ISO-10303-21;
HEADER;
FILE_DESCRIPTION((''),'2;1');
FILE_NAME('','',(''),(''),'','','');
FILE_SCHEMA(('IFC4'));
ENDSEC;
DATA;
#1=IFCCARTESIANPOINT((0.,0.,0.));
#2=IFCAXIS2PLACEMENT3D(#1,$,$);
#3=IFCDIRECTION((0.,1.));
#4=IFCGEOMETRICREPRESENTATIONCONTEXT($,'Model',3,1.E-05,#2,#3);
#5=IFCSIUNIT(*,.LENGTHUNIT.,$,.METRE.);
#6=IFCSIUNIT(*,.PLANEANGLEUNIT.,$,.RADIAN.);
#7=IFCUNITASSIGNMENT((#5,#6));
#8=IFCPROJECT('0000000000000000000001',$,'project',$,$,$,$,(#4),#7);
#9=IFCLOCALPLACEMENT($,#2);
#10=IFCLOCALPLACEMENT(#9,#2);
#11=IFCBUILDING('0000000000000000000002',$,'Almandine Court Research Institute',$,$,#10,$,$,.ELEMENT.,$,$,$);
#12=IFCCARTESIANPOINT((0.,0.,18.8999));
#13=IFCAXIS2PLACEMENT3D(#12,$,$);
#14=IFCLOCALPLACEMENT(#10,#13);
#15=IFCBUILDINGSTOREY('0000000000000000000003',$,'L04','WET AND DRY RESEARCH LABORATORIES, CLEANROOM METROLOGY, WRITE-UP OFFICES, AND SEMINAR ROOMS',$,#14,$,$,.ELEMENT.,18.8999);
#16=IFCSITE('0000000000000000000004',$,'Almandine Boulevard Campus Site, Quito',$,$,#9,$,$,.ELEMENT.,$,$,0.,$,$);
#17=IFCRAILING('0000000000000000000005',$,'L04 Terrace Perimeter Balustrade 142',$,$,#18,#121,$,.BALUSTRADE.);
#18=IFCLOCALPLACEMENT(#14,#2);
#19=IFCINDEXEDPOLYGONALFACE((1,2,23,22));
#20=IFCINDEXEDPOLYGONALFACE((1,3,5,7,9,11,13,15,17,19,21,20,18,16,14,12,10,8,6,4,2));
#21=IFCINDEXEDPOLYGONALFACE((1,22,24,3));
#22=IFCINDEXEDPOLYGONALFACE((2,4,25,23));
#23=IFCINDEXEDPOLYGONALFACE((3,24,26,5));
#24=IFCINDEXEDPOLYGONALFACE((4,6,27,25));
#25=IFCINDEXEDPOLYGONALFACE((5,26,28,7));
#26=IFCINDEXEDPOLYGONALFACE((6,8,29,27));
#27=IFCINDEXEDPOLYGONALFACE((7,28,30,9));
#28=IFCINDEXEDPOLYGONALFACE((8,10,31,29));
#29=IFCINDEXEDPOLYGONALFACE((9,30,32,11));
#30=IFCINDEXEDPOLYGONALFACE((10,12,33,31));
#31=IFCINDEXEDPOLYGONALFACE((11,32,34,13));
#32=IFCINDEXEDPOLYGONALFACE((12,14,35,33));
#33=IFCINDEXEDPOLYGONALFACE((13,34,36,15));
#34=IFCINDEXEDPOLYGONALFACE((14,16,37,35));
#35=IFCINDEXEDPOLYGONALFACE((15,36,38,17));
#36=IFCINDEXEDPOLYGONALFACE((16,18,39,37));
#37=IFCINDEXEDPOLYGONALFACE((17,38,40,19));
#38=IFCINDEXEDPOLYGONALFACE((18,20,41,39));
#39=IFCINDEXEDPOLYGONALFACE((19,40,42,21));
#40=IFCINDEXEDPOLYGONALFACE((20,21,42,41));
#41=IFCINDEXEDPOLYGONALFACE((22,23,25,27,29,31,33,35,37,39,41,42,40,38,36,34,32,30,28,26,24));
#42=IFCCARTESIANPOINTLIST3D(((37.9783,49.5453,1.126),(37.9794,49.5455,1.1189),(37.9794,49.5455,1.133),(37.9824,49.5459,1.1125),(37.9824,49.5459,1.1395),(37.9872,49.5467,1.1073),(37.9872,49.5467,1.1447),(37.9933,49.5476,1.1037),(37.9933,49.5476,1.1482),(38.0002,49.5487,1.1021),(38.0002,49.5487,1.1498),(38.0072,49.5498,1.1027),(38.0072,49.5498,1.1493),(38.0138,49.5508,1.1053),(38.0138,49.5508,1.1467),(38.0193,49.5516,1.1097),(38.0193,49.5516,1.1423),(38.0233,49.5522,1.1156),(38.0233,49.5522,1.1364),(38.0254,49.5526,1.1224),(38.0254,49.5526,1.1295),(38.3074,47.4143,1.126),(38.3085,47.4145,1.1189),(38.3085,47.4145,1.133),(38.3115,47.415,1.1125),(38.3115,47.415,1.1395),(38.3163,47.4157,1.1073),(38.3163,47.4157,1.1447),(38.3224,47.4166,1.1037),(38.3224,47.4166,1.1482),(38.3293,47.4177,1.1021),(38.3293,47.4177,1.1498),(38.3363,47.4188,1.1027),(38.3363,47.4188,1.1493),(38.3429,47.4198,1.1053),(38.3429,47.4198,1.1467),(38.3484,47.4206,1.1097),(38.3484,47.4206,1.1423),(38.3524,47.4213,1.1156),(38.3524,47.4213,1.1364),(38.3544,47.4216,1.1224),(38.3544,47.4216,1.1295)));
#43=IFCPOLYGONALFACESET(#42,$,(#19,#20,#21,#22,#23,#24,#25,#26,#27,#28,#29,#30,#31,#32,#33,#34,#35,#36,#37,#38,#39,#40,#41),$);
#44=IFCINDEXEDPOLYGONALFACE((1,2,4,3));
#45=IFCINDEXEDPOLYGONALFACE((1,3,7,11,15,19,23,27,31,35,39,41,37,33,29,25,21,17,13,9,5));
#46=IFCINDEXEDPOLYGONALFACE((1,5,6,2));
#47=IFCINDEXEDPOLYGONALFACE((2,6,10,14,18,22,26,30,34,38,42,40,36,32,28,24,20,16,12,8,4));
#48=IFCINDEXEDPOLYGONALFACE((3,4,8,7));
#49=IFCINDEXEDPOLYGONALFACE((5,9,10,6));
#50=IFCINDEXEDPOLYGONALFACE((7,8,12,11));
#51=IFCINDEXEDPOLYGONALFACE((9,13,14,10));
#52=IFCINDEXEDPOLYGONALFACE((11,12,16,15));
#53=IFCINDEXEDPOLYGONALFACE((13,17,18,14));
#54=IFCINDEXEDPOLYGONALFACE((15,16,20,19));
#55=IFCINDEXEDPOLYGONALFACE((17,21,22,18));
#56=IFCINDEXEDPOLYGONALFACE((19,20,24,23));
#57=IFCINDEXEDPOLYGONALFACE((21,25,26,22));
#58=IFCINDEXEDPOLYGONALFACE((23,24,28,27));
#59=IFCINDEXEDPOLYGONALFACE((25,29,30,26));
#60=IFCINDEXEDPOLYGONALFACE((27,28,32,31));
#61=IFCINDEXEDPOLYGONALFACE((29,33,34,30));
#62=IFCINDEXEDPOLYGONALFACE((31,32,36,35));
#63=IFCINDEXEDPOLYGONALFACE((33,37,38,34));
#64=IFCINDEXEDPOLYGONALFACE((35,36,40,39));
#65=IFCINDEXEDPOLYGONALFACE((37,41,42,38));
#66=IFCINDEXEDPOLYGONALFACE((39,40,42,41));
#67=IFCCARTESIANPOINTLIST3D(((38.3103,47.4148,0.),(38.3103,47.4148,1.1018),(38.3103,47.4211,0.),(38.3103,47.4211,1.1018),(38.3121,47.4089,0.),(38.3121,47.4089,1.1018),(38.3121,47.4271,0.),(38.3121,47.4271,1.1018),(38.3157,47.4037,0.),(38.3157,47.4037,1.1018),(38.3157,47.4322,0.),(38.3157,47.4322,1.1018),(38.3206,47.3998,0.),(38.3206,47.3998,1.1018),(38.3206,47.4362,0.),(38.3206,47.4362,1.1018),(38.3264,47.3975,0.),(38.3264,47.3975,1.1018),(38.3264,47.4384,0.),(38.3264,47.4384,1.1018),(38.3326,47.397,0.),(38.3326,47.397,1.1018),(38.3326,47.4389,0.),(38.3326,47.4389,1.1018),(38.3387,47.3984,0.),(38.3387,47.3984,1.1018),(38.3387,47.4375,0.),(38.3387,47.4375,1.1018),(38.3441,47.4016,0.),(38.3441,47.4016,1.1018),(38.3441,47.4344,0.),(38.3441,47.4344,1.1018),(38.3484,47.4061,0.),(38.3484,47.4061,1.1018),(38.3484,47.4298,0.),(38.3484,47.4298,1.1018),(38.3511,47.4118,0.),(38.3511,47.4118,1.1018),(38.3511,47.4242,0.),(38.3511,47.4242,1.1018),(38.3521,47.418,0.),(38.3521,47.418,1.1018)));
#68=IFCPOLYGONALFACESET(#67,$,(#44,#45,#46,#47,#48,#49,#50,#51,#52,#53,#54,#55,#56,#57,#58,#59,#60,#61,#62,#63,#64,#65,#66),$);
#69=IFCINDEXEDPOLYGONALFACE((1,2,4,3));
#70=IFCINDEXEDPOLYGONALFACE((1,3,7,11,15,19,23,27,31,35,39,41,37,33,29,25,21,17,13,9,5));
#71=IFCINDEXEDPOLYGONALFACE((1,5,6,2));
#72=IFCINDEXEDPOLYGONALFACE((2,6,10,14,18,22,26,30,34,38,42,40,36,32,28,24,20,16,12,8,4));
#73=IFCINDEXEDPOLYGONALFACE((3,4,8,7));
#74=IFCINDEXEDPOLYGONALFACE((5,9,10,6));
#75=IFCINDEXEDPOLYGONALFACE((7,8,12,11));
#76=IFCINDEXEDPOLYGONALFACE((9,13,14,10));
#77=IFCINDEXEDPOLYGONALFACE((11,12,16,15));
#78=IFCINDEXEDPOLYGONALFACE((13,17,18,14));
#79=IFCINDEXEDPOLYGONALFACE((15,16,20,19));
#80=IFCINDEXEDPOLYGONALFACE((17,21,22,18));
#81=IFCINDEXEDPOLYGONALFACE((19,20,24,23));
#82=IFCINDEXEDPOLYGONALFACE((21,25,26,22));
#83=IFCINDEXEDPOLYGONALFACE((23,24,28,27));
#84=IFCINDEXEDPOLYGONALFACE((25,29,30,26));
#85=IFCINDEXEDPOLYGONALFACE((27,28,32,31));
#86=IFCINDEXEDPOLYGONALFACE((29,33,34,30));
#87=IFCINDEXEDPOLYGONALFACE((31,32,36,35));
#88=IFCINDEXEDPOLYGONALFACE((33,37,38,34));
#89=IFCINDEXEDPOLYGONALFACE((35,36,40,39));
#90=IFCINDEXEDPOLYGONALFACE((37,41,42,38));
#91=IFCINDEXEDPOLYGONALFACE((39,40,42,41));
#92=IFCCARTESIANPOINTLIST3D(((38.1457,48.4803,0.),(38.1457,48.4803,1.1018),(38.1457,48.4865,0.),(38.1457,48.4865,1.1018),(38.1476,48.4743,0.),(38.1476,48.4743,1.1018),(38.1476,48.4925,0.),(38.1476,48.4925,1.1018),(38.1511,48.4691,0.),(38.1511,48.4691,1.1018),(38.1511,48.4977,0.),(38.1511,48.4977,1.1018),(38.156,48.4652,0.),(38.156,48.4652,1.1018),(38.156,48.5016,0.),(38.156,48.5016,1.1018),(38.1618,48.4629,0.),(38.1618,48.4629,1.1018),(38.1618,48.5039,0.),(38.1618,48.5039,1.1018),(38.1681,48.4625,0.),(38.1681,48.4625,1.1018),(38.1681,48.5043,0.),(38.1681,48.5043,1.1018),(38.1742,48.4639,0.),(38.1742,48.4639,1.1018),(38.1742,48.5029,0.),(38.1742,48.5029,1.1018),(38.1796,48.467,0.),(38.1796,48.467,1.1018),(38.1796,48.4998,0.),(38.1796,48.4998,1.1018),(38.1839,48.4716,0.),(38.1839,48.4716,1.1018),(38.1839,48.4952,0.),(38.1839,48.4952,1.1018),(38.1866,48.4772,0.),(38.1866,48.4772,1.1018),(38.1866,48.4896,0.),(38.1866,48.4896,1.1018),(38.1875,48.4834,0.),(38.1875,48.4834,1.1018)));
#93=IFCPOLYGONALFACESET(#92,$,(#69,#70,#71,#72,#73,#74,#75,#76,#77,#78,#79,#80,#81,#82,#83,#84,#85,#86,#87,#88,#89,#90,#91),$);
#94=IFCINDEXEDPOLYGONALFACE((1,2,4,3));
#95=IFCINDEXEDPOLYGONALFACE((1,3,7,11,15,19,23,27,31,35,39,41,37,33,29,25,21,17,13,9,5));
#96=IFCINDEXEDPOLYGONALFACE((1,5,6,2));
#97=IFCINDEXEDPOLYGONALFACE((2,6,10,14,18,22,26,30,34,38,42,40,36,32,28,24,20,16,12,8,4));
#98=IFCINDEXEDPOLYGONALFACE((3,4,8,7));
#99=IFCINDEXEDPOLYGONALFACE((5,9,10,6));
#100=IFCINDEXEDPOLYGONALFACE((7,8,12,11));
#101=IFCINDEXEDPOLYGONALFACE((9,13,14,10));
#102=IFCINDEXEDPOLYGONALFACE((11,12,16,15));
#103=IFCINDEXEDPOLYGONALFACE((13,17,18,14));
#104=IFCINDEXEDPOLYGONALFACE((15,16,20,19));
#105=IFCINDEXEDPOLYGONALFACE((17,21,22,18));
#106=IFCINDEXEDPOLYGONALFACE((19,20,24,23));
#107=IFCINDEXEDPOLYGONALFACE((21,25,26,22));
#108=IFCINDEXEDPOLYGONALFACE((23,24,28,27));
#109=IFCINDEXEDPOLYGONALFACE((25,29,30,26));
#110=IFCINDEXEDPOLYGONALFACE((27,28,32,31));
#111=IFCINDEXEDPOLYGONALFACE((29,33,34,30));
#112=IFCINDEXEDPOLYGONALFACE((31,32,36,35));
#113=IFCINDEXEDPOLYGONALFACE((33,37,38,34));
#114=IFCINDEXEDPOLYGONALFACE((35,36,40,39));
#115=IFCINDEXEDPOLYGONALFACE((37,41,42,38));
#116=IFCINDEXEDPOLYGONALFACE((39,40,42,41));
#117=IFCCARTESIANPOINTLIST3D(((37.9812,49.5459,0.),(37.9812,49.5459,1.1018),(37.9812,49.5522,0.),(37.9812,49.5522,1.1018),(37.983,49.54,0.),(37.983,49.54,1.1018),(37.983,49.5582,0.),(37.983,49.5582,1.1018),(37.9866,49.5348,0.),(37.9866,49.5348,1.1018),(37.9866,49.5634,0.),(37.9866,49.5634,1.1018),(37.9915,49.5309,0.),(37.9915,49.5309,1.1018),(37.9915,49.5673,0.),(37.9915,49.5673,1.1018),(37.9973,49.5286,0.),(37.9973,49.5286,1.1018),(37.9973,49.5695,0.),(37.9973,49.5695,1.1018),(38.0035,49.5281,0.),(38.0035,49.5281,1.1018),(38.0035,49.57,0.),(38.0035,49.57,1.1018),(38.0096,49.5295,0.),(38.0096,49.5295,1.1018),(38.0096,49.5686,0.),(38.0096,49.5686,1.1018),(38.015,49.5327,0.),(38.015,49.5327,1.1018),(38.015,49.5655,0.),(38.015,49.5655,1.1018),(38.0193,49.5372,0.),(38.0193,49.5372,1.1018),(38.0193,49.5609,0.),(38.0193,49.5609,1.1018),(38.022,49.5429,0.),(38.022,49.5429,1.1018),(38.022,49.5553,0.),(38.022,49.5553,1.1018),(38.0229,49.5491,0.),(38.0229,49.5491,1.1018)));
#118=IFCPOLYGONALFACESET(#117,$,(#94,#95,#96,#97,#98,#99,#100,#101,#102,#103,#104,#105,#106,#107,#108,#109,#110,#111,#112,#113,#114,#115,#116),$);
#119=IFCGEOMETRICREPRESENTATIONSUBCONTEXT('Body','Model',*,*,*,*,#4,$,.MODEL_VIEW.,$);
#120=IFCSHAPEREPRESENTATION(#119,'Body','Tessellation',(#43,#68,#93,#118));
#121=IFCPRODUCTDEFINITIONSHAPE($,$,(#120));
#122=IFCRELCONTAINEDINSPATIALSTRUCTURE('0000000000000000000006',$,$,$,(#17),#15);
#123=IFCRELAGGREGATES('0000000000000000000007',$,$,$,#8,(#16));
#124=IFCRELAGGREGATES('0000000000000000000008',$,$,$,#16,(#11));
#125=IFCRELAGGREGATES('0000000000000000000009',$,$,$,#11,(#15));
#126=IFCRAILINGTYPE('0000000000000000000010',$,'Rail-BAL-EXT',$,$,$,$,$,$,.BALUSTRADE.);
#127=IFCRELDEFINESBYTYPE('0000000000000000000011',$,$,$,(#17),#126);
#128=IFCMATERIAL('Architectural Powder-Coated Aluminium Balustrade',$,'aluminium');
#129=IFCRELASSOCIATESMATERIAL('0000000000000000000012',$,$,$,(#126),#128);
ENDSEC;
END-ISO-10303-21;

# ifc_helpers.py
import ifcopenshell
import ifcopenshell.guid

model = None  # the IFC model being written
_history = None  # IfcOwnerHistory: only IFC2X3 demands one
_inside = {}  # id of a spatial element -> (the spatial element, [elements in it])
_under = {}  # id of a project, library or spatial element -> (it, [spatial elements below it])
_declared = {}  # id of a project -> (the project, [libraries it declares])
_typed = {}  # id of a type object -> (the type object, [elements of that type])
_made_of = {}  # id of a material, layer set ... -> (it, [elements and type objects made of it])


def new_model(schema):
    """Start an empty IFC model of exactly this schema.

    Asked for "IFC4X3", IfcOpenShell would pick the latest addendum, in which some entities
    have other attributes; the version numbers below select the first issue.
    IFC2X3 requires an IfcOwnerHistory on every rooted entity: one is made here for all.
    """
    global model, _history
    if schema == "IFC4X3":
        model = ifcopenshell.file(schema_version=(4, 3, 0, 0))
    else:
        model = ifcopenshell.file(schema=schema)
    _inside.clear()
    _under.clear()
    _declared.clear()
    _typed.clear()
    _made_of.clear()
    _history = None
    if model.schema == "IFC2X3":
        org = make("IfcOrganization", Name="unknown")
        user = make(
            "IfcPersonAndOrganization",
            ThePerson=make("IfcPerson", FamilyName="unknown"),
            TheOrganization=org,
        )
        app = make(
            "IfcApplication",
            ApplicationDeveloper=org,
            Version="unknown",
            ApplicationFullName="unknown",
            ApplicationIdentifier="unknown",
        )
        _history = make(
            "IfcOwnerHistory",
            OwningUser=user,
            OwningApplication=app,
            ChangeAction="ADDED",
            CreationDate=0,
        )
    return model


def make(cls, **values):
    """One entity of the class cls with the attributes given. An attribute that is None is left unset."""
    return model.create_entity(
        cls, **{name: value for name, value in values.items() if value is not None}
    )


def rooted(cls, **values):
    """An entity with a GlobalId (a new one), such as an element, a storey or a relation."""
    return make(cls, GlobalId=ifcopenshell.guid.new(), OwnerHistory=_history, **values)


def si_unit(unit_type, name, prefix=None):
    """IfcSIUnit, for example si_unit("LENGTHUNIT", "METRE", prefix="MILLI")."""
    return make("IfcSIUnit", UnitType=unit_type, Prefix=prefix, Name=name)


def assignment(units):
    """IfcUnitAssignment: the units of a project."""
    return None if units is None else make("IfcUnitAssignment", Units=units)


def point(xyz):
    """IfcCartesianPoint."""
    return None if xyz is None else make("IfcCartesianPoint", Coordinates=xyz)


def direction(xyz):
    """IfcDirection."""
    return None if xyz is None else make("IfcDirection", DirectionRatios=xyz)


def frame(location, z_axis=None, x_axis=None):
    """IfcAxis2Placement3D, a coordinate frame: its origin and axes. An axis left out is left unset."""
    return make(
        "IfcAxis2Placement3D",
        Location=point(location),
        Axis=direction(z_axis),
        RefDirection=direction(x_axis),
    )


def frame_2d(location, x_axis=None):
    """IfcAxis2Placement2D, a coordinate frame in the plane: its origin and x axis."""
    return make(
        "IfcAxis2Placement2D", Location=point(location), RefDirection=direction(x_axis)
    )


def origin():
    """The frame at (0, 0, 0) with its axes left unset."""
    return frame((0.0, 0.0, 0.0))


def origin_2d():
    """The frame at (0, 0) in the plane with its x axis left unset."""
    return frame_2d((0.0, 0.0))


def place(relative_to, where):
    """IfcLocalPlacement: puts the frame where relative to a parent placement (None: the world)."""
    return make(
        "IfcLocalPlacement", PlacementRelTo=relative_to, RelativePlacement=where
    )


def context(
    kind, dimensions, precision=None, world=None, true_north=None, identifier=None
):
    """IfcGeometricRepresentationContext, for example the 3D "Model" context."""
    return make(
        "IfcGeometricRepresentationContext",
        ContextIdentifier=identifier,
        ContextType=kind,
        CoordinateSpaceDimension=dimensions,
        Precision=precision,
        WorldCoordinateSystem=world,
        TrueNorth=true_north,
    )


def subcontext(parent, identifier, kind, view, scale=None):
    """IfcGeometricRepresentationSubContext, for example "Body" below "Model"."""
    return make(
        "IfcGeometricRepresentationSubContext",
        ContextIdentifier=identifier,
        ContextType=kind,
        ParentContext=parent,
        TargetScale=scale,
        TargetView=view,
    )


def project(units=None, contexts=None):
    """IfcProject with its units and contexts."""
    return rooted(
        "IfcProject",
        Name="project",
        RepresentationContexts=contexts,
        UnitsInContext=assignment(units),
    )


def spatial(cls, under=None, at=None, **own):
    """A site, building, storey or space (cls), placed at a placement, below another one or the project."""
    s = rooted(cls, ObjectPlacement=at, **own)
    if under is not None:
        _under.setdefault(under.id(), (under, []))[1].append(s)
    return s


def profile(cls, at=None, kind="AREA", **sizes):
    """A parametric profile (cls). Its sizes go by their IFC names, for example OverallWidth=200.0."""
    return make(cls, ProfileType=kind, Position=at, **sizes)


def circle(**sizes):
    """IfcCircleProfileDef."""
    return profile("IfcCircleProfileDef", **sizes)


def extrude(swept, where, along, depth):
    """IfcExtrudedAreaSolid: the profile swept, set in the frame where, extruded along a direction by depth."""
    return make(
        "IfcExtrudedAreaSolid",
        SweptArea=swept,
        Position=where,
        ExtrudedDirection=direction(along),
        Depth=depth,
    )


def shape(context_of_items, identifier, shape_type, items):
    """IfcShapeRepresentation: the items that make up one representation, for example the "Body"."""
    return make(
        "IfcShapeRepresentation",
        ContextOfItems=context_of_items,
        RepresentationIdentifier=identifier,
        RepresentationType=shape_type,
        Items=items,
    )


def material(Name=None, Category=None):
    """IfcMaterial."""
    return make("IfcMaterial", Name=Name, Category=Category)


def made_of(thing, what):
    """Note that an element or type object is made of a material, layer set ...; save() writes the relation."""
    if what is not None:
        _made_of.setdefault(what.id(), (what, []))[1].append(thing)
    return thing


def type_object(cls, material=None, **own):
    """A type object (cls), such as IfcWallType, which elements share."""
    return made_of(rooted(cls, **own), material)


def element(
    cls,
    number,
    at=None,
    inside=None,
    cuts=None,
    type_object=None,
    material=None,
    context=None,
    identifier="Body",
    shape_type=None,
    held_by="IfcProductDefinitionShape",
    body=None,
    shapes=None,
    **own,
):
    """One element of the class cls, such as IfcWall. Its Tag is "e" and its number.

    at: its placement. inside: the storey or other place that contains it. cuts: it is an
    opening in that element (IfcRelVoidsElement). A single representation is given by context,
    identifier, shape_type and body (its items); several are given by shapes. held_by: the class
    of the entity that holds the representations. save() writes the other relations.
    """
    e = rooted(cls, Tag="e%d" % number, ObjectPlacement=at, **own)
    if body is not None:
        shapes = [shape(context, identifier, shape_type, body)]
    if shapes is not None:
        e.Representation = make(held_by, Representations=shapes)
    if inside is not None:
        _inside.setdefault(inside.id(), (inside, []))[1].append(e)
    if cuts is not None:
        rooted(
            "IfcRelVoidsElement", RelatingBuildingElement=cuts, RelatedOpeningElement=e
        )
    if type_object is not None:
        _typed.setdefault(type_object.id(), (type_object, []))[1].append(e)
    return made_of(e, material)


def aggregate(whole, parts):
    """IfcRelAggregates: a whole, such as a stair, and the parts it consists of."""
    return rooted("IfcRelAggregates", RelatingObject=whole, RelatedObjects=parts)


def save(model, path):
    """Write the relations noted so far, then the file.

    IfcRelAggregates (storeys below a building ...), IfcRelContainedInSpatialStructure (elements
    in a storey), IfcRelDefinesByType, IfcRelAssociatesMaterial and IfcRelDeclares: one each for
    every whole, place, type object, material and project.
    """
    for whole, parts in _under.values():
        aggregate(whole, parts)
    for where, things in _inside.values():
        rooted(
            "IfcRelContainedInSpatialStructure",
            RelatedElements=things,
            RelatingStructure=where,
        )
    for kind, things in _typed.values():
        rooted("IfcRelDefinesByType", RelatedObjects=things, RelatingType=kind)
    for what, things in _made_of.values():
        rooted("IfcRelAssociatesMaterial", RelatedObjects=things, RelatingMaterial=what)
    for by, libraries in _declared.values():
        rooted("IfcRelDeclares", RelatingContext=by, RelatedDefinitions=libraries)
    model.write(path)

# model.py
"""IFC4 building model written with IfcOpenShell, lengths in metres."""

from ifc_helpers import new_model, si_unit, direction, frame, origin, origin_2d, place, context, subcontext, project, spatial, circle, extrude, material, type_object, element, save


model = new_model("IFC4")

# Units and contexts
model_context = context("Model", 3, precision=1e-05, world=origin(), true_north=direction((0.0, 1.0)))
body_context = subcontext(model_context, "Body", "Model", "MODEL_VIEW")
ifc_project = project(units=[si_unit("LENGTHUNIT", "METRE"), si_unit("PLANEANGLEUNIT", "RADIAN")], contexts=[model_context])

# Site, building, storey
site_placement = place(None, origin())
site = spatial("IfcSite", under=ifc_project, at=site_placement, Name="Almandine Boulevard Campus Site, Quito", CompositionType="ELEMENT", RefElevation=0.0)
building_placement = place(site_placement, origin())
building = spatial("IfcBuilding", under=site, at=building_placement, Name="Almandine Court Research Institute", CompositionType="ELEMENT")
storey_placement = place(building_placement, frame((0.0, 0.0, 18.8999)))
storey = spatial("IfcBuildingStorey", under=building, at=storey_placement, Name="L04", Description="WET AND DRY RESEARCH LABORATORIES, CLEANROOM METROLOGY, WRITE-UP OFFICES, AND SEMINAR ROOMS", CompositionType="ELEMENT", Elevation=18.8999)

# Railing
ifc_material_1 = material(Name="Architectural Powder-Coated Aluminium Balustrade", Category="aluminium")
railing_type = type_object("IfcRailingType", Name="Rail-BAL-EXT", PredefinedType="BALUSTRADE", material=ifc_material_1)
railing_1_placement = place(storey_placement, frame((38.3311, 47.418, 0.0)))
element("IfcRailing", 1, at=railing_1_placement, inside=storey, type_object=railing_type, Name="L04 Terrace Perimeter Balustrade 142", PredefinedType="BALUSTRADE", context=body_context, shape_type="SweptSolid", body=[
    extrude(circle(Radius=0.0239, at=origin_2d()), frame((0.0, 0.0, 1.126), z_axis=(-0.152619, 0.988285, 0.0), x_axis=(-0.988285, -0.152619, 0.0)), (0.0, 0.0, 1.0), 2.1562),
    extrude(circle(Radius=0.021, at=origin_2d()), origin(), (0.0, 0.0, 1.0), 1.1018),
    extrude(circle(Radius=0.021, at=origin_2d()), frame((-0.1646, 1.0654, 0.0)), (0.0, 0.0, 1.0), 1.1018),
    extrude(circle(Radius=0.021, at=origin_2d()), frame((-0.3291, 2.1311, 0.0)), (0.0, 0.0, 1.0), 1.1018),
])

save(model, "model.ifc")
